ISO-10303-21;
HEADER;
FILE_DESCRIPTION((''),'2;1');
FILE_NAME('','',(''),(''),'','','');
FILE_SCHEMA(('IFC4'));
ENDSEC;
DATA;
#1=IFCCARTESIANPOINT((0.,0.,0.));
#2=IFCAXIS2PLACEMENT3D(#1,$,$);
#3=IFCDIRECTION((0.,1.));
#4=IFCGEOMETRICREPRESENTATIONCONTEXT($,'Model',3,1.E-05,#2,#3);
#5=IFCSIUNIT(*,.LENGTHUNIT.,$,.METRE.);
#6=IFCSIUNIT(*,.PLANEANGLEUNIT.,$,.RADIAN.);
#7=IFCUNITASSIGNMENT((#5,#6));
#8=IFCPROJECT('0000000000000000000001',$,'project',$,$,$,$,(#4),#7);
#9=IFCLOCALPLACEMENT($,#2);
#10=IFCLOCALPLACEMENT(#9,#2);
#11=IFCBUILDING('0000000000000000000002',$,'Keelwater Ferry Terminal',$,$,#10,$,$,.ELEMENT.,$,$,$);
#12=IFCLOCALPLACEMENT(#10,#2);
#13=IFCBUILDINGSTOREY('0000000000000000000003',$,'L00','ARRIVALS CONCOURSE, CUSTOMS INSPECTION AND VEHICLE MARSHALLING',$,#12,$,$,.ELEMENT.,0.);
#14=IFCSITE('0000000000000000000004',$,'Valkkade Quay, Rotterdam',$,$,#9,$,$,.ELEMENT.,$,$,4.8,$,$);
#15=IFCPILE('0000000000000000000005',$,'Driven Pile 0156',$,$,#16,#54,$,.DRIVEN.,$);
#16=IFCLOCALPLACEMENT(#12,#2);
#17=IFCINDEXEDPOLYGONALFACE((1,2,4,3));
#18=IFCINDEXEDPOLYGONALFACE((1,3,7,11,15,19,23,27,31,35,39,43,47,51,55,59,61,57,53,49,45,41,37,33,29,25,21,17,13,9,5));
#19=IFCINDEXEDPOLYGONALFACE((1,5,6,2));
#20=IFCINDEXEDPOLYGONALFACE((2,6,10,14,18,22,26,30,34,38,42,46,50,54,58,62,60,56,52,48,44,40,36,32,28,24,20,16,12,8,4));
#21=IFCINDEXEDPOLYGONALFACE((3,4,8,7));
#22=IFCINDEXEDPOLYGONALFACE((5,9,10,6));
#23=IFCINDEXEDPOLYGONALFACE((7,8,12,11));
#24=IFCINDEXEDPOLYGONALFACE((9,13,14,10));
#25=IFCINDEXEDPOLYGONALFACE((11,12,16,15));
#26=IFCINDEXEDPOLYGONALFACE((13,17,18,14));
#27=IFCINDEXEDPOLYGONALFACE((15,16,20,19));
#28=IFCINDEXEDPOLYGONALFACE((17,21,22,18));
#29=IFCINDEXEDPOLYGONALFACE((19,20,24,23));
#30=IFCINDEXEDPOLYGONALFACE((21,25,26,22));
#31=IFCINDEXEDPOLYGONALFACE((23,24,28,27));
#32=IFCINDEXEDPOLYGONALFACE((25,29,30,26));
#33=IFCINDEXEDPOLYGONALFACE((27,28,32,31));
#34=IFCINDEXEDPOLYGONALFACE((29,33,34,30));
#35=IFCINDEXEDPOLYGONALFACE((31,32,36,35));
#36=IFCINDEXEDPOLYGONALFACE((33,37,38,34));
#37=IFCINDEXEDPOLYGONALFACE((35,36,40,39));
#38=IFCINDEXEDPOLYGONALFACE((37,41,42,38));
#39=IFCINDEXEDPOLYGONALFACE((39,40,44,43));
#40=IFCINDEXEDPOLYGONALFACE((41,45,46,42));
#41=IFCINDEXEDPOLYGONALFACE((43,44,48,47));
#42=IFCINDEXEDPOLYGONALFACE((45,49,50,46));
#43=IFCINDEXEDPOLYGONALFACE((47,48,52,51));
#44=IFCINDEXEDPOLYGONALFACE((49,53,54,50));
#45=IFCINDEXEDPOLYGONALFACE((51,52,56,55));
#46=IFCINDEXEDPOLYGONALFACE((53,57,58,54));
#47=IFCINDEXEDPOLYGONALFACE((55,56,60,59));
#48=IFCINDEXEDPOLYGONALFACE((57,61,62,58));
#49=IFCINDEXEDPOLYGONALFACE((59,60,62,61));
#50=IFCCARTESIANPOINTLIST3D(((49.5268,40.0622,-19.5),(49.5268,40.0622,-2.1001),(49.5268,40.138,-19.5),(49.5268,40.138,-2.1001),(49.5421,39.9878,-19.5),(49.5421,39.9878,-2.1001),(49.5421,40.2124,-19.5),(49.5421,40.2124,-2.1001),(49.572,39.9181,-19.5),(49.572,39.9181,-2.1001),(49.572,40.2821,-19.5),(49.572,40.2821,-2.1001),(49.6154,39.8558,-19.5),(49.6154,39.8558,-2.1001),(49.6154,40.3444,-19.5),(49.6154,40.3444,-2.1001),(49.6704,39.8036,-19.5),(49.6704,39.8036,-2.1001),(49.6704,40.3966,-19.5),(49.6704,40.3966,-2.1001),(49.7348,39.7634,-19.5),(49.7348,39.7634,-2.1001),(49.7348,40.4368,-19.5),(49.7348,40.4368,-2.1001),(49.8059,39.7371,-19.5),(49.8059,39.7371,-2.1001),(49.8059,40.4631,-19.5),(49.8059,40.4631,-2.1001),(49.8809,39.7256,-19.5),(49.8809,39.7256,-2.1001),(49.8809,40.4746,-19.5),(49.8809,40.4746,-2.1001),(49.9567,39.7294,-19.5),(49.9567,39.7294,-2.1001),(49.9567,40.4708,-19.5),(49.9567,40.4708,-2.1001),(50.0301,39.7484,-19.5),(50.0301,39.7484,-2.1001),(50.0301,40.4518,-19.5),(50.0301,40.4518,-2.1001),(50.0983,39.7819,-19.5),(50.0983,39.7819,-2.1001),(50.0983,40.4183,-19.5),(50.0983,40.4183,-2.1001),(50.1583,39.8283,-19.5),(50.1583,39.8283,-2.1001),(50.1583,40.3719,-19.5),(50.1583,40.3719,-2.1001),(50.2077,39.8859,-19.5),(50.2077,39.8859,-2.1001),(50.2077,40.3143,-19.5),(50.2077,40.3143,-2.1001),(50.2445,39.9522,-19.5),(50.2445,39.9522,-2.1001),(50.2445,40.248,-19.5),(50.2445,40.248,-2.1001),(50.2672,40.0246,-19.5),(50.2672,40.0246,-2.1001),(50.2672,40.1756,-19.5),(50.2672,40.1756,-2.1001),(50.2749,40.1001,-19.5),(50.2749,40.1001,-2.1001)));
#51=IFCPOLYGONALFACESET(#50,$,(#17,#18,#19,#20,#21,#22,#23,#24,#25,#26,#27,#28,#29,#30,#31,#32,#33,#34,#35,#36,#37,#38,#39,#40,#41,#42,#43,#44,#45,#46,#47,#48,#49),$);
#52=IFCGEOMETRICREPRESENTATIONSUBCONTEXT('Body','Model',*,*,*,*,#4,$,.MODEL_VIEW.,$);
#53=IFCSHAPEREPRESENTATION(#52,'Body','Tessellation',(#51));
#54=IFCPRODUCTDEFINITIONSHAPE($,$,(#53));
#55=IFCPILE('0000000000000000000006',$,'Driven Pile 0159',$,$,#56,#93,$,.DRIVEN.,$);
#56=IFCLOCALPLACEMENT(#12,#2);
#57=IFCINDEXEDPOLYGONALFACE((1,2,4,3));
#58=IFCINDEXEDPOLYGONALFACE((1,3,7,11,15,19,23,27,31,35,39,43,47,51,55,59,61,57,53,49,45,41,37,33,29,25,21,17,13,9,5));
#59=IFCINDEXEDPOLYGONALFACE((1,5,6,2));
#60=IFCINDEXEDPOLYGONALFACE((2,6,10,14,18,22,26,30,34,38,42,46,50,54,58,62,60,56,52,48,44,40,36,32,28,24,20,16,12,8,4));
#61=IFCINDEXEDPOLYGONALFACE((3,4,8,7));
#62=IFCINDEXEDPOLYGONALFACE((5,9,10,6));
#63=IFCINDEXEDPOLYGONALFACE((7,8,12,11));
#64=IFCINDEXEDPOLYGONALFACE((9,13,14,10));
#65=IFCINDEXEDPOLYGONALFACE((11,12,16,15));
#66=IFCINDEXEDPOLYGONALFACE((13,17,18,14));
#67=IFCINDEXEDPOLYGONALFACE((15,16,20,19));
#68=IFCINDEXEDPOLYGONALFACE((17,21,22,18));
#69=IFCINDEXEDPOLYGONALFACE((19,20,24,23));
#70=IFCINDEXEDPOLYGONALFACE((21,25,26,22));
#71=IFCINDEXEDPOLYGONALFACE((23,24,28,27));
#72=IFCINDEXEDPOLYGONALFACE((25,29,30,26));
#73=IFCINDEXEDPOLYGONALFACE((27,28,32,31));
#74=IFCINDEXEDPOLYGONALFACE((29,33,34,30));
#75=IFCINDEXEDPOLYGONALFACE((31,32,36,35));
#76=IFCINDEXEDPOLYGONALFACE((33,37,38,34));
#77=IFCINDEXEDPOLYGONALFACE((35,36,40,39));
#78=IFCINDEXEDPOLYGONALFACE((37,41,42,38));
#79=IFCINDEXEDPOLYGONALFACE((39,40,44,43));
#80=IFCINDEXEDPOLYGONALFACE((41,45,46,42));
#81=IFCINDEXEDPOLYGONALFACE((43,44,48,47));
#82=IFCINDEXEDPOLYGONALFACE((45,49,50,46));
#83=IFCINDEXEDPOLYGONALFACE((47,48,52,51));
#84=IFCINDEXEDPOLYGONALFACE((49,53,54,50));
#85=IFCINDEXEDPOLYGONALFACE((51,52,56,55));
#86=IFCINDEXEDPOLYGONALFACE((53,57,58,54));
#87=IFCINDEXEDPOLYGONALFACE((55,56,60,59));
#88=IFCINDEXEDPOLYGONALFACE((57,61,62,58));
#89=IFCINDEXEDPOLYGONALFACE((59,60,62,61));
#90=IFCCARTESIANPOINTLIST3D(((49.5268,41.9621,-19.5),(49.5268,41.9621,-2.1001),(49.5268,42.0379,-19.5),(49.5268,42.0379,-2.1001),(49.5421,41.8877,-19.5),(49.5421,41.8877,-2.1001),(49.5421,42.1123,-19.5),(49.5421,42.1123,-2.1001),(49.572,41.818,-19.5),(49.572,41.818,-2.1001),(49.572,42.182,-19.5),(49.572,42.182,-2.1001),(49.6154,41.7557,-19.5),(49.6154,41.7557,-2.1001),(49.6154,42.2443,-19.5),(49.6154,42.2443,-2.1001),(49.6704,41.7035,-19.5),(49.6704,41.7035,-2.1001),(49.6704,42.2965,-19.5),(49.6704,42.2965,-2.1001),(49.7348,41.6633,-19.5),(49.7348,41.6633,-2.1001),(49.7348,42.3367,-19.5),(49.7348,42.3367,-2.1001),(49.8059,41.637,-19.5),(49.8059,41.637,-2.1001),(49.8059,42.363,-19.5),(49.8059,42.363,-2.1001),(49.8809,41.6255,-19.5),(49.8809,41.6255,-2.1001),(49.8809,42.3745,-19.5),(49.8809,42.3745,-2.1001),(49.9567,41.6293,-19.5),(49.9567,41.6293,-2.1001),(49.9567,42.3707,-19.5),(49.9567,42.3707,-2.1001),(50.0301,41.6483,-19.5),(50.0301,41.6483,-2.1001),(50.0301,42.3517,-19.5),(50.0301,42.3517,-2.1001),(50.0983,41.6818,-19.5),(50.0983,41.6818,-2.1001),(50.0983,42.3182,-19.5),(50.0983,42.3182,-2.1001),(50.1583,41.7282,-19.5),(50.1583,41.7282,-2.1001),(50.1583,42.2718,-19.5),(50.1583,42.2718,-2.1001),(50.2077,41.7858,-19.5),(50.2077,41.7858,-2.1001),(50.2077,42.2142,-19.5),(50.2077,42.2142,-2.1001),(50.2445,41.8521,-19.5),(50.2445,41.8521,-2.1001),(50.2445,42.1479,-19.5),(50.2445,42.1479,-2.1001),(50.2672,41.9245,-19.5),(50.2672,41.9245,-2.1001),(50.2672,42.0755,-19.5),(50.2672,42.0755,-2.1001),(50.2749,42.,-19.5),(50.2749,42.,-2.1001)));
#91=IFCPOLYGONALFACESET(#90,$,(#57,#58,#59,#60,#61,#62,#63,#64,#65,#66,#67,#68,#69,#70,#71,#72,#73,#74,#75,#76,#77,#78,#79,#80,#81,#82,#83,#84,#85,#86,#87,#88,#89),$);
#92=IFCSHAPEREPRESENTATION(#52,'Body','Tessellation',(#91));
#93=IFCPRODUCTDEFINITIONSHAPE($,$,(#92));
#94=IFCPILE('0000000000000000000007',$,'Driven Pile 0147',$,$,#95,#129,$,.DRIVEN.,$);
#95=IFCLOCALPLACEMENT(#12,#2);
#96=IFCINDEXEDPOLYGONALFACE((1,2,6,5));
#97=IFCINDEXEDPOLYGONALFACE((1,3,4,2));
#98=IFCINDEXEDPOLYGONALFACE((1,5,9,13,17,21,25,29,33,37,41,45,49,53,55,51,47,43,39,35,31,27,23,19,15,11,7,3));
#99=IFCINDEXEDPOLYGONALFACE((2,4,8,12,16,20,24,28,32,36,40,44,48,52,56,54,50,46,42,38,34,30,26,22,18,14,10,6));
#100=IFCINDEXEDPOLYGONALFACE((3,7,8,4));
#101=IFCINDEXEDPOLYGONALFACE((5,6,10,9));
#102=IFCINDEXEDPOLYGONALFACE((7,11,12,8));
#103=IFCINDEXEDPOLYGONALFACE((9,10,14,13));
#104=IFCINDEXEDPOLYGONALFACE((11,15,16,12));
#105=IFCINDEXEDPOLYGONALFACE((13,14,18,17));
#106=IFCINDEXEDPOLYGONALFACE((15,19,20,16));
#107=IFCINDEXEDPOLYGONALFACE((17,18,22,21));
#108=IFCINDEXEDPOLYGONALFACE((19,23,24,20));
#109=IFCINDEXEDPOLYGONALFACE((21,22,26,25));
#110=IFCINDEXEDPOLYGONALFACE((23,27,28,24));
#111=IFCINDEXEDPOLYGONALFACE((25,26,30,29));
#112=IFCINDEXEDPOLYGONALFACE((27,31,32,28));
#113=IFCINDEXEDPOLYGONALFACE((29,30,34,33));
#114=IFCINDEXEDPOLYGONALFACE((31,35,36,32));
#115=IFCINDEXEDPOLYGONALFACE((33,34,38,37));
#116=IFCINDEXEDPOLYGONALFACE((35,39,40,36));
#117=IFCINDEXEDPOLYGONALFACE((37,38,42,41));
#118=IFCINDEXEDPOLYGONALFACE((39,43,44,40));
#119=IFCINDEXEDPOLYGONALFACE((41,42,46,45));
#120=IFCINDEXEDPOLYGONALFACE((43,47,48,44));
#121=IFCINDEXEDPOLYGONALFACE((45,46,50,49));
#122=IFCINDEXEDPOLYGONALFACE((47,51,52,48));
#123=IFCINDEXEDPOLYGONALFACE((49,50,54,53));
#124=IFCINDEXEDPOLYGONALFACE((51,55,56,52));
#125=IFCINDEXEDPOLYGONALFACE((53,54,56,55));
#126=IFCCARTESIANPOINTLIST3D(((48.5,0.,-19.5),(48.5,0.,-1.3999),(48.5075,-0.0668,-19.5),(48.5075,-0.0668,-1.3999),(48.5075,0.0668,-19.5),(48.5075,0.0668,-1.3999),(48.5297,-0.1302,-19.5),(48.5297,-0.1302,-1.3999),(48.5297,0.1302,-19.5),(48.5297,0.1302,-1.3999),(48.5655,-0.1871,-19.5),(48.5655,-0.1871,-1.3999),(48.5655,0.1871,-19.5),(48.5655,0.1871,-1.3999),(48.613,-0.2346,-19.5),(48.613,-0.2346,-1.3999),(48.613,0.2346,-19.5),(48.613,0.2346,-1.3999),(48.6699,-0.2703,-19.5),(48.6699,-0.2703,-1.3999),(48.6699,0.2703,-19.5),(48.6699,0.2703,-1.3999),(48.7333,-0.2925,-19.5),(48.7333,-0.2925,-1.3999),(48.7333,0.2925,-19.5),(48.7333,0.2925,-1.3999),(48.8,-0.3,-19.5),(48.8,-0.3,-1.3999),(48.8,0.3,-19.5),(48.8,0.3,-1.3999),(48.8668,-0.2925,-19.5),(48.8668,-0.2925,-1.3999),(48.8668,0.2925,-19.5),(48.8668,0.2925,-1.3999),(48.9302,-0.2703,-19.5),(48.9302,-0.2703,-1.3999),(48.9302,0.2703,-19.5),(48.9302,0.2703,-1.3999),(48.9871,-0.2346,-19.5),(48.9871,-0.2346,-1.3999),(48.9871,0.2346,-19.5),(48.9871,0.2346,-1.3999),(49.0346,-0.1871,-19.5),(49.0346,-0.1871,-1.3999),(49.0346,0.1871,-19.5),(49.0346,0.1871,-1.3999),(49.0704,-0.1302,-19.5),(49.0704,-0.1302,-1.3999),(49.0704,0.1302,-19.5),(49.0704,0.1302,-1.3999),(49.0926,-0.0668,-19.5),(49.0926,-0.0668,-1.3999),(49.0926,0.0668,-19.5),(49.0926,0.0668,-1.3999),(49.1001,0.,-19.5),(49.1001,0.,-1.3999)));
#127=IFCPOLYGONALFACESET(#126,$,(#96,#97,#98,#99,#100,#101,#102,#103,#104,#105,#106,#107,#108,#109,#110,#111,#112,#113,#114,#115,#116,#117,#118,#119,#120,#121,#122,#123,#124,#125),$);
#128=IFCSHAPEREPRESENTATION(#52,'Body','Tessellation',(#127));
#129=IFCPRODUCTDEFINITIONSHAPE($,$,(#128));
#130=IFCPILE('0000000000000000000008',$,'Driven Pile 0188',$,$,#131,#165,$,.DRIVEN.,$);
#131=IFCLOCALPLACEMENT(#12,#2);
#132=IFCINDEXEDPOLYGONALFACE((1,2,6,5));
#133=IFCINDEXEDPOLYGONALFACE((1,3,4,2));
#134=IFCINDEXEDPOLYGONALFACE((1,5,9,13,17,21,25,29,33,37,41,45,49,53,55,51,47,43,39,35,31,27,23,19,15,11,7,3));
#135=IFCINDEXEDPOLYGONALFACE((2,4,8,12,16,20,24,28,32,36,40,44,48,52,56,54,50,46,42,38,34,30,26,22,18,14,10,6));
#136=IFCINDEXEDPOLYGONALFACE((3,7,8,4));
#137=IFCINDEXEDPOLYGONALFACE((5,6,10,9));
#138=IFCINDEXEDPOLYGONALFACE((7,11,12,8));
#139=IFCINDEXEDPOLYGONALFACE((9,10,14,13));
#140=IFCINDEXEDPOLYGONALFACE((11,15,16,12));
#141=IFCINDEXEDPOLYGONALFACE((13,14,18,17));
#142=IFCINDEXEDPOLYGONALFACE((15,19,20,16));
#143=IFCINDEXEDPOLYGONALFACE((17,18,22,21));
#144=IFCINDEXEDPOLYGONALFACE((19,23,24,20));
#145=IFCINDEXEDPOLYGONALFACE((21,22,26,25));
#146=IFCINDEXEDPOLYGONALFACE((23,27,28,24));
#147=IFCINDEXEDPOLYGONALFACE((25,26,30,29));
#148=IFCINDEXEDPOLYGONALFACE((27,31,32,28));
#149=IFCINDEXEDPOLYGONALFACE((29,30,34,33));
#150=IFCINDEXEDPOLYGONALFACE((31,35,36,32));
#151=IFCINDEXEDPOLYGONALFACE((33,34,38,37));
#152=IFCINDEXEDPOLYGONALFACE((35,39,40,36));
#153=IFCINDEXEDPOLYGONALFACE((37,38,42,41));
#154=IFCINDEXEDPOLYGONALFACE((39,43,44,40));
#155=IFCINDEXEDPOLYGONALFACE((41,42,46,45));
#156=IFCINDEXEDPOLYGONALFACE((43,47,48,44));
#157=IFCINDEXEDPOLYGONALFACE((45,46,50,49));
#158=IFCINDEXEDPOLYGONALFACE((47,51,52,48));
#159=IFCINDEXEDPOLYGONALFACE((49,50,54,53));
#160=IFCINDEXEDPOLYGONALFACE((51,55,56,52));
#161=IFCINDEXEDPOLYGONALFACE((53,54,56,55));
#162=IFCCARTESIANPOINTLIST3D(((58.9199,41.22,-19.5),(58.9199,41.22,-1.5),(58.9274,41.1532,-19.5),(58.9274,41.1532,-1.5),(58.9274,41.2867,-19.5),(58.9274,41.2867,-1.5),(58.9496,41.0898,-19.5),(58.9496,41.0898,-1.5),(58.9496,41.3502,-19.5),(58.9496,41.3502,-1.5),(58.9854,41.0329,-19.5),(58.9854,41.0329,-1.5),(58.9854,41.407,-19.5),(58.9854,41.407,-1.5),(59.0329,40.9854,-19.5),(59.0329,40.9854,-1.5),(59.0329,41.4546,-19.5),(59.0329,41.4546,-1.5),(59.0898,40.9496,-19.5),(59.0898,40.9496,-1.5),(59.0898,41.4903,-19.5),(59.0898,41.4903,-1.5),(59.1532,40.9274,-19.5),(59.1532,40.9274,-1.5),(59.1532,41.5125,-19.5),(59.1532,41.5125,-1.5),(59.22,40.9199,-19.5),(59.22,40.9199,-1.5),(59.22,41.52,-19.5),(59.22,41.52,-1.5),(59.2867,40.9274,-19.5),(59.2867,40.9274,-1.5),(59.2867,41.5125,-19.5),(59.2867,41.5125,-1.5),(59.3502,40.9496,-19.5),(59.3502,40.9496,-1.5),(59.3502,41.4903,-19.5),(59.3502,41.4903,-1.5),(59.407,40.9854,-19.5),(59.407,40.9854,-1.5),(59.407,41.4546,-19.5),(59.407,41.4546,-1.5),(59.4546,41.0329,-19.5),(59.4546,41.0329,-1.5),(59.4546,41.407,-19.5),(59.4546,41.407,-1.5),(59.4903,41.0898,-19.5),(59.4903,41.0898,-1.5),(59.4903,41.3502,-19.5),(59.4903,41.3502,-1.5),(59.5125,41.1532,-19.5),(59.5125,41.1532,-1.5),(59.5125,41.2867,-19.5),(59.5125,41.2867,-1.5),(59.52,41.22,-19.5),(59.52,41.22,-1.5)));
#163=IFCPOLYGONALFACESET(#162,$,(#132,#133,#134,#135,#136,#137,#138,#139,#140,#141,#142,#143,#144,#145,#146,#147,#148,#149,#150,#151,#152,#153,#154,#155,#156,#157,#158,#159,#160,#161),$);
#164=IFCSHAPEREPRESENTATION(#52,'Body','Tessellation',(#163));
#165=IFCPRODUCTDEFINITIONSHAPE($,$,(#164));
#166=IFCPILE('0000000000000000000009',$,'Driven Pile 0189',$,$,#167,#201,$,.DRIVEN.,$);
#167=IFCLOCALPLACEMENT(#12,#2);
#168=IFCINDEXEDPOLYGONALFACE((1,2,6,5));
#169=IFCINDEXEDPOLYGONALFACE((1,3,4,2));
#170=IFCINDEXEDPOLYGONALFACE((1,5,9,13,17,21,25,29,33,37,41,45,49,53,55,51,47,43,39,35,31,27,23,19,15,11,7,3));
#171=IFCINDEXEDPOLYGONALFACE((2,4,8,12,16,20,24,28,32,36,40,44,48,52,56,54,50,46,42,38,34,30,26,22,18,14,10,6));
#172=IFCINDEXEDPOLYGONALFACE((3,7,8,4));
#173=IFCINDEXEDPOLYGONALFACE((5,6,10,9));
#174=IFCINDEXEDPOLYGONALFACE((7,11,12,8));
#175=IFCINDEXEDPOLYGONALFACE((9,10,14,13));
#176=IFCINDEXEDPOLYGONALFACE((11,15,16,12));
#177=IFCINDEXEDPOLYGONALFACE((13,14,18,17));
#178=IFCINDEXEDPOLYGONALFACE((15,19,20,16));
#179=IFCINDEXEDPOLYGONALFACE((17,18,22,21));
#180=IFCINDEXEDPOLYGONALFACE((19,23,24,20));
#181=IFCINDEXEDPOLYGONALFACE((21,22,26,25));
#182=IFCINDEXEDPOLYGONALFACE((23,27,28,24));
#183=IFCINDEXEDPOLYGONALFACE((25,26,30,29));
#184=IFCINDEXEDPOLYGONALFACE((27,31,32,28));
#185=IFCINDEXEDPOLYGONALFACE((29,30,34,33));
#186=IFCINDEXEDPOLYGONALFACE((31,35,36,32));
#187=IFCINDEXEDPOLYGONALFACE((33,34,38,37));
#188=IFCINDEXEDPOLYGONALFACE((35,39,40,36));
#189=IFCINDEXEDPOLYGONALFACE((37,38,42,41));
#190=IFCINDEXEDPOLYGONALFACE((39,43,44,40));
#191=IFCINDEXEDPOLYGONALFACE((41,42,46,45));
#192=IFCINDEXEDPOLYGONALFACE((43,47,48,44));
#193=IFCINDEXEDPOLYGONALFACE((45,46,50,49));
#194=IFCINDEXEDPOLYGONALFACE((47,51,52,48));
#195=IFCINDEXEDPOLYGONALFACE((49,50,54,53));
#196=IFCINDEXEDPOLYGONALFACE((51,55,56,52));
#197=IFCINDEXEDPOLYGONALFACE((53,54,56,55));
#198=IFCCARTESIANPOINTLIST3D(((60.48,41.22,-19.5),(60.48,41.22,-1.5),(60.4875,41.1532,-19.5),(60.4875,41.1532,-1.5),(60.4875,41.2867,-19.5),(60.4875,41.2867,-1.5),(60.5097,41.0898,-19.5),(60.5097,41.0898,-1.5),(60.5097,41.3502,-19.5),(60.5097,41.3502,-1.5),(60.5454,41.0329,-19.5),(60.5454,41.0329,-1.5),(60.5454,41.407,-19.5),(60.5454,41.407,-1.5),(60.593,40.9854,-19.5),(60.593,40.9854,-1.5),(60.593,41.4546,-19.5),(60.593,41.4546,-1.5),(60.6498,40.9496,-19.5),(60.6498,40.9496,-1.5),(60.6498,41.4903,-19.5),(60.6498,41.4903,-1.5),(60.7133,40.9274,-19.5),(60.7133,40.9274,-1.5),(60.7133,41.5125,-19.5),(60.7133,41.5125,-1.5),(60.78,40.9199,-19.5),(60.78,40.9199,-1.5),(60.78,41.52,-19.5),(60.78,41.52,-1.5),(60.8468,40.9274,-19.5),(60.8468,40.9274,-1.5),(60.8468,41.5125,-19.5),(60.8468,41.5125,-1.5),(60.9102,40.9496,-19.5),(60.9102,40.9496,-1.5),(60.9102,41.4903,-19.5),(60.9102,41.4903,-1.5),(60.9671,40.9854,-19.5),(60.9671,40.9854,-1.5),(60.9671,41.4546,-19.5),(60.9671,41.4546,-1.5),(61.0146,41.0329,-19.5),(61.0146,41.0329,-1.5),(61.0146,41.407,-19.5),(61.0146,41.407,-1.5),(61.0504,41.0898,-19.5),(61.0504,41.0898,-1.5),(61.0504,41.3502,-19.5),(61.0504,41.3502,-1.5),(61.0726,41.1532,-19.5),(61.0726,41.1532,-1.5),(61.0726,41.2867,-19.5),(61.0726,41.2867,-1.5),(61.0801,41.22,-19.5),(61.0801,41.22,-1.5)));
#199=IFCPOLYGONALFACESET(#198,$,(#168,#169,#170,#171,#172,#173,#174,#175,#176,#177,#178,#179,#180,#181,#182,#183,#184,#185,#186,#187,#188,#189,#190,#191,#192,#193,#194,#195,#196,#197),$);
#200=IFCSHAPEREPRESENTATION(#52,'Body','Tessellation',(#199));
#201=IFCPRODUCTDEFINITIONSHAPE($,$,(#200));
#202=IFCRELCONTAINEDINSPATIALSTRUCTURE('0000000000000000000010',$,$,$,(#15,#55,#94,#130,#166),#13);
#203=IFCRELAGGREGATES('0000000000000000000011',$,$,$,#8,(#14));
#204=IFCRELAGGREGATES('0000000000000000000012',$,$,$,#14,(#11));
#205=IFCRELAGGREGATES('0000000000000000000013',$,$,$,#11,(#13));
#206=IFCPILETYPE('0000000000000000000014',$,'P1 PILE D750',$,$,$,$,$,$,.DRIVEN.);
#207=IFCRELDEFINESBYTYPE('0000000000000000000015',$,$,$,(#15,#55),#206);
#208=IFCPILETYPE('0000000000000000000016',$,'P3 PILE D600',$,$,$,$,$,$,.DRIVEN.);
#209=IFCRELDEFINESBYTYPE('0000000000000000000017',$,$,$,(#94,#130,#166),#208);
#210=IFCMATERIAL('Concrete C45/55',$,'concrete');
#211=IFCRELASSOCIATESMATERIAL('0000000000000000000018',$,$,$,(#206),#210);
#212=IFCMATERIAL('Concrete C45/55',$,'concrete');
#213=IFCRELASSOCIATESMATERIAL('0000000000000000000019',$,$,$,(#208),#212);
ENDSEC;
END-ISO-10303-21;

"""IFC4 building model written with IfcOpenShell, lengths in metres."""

from ifc_helpers import new_model, si_unit, direction, frame, origin, origin_2d, place, context, subcontext, project, spatial, circle, extrude, material, material_profile, profile_set, type_object, element, save


model = new_model("IFC4")

# Units and contexts
model_context = context("Model", 3, precision=1e-05, world=origin(), true_north=direction((0.0, 1.0)))
body_context = subcontext(model_context, "Body", "Model", "MODEL_VIEW")
ifc_project = project(units=[si_unit("LENGTHUNIT", "METRE"), si_unit("PLANEANGLEUNIT", "RADIAN")], contexts=[model_context])

# Site, building, storey
site_placement = place(None, origin())
site = spatial("IfcSite", under=ifc_project, at=site_placement, Name="Valkkade Quay, Rotterdam", CompositionType="ELEMENT", RefElevation=4.8)
building_placement = place(site_placement, origin())
building = spatial("IfcBuilding", under=site, at=building_placement, Name="Keelwater Ferry Terminal", CompositionType="ELEMENT")
storey_placement = place(building_placement, origin())
storey = spatial("IfcBuildingStorey", under=building, at=storey_placement, Name="L00", Description="ARRIVALS CONCOURSE, CUSTOMS INSPECTION AND VEHICLE MARSHALLING", CompositionType="ELEMENT", Elevation=0.0)

# Piles
ifc_material_1 = material(Name="Concrete C45/55", Category="concrete")
ifc_material_profile_1 = material_profile(ifc_material_1, circle(Radius=0.375, at=origin_2d()), Name="PILE D750")
ifc_profile_set_1 = profile_set([ifc_material_profile_1], Name="Concrete C45/55")
pile_type_1 = type_object("IfcPileType", Name="P1 PILE D750", PredefinedType="DRIVEN", material=ifc_profile_set_1)
for number, where, z_axis, x_axis, name in (
    (1, (49.8999, 40.1001, -2.1001), (0.0, 0.0, -1.0), (1.0, 0.0, 0.0), "Driven Pile 0156"),
    (2, (49.8999, 42.0, -2.1001), (0.0, 0.0, -1.0), (1.0, 0.0, 0.0), "Driven Pile 0159"),
):
    element("IfcPile", number, at=place(storey_placement, frame(where, z_axis=z_axis, x_axis=x_axis)), inside=storey, type_object=pile_type_1, Name=name, PredefinedType="DRIVEN", context=body_context, shape_type="SweptSolid", body=[
        extrude(circle(Radius=0.375, at=origin_2d()), origin(), (0.0, 0.0, 1.0), 17.3999),
    ])
ifc_material_2 = material(Name="Concrete C45/55", Category="concrete")
ifc_material_profile_2 = material_profile(ifc_material_2, circle(Radius=0.3, at=origin_2d()), Name="PILE D600")
ifc_profile_set_2 = profile_set([ifc_material_profile_2], Name="Concrete C45/55")
pile_type_2 = type_object("IfcPileType", Name="P3 PILE D600", PredefinedType="DRIVEN", material=ifc_profile_set_2)
pile_placement = place(storey_placement, frame((48.8, 0.0, -1.3999), z_axis=(0.0, 0.0, -1.0), x_axis=(1.0, 0.0, 0.0)))
element("IfcPile", 3, at=pile_placement, inside=storey, type_object=pile_type_2, Name="Driven Pile 0147", PredefinedType="DRIVEN", context=body_context, shape_type="SweptSolid", body=[
    extrude(circle(Radius=0.3, at=origin_2d()), origin(), (0.0, 0.0, 1.0), 18.1001),
])
for number, where, z_axis, x_axis, name in (
    (4, (59.22, 41.22, -1.5), (0.0, 0.0, -1.0), (1.0, 0.0, 0.0), "Driven Pile 0188"),
    (5, (60.78, 41.22, -1.5), (0.0, 0.0, -1.0), (1.0, 0.0, 0.0), "Driven Pile 0189"),
):
    element("IfcPile", number, at=place(storey_placement, frame(where, z_axis=z_axis, x_axis=x_axis)), inside=storey, type_object=pile_type_2, Name=name, PredefinedType="DRIVEN", context=body_context, shape_type="SweptSolid", body=[
        extrude(circle(Radius=0.3, at=origin_2d()), origin(), (0.0, 0.0, 1.0), 18.0),
    ])

save(model, "model.ifc")
